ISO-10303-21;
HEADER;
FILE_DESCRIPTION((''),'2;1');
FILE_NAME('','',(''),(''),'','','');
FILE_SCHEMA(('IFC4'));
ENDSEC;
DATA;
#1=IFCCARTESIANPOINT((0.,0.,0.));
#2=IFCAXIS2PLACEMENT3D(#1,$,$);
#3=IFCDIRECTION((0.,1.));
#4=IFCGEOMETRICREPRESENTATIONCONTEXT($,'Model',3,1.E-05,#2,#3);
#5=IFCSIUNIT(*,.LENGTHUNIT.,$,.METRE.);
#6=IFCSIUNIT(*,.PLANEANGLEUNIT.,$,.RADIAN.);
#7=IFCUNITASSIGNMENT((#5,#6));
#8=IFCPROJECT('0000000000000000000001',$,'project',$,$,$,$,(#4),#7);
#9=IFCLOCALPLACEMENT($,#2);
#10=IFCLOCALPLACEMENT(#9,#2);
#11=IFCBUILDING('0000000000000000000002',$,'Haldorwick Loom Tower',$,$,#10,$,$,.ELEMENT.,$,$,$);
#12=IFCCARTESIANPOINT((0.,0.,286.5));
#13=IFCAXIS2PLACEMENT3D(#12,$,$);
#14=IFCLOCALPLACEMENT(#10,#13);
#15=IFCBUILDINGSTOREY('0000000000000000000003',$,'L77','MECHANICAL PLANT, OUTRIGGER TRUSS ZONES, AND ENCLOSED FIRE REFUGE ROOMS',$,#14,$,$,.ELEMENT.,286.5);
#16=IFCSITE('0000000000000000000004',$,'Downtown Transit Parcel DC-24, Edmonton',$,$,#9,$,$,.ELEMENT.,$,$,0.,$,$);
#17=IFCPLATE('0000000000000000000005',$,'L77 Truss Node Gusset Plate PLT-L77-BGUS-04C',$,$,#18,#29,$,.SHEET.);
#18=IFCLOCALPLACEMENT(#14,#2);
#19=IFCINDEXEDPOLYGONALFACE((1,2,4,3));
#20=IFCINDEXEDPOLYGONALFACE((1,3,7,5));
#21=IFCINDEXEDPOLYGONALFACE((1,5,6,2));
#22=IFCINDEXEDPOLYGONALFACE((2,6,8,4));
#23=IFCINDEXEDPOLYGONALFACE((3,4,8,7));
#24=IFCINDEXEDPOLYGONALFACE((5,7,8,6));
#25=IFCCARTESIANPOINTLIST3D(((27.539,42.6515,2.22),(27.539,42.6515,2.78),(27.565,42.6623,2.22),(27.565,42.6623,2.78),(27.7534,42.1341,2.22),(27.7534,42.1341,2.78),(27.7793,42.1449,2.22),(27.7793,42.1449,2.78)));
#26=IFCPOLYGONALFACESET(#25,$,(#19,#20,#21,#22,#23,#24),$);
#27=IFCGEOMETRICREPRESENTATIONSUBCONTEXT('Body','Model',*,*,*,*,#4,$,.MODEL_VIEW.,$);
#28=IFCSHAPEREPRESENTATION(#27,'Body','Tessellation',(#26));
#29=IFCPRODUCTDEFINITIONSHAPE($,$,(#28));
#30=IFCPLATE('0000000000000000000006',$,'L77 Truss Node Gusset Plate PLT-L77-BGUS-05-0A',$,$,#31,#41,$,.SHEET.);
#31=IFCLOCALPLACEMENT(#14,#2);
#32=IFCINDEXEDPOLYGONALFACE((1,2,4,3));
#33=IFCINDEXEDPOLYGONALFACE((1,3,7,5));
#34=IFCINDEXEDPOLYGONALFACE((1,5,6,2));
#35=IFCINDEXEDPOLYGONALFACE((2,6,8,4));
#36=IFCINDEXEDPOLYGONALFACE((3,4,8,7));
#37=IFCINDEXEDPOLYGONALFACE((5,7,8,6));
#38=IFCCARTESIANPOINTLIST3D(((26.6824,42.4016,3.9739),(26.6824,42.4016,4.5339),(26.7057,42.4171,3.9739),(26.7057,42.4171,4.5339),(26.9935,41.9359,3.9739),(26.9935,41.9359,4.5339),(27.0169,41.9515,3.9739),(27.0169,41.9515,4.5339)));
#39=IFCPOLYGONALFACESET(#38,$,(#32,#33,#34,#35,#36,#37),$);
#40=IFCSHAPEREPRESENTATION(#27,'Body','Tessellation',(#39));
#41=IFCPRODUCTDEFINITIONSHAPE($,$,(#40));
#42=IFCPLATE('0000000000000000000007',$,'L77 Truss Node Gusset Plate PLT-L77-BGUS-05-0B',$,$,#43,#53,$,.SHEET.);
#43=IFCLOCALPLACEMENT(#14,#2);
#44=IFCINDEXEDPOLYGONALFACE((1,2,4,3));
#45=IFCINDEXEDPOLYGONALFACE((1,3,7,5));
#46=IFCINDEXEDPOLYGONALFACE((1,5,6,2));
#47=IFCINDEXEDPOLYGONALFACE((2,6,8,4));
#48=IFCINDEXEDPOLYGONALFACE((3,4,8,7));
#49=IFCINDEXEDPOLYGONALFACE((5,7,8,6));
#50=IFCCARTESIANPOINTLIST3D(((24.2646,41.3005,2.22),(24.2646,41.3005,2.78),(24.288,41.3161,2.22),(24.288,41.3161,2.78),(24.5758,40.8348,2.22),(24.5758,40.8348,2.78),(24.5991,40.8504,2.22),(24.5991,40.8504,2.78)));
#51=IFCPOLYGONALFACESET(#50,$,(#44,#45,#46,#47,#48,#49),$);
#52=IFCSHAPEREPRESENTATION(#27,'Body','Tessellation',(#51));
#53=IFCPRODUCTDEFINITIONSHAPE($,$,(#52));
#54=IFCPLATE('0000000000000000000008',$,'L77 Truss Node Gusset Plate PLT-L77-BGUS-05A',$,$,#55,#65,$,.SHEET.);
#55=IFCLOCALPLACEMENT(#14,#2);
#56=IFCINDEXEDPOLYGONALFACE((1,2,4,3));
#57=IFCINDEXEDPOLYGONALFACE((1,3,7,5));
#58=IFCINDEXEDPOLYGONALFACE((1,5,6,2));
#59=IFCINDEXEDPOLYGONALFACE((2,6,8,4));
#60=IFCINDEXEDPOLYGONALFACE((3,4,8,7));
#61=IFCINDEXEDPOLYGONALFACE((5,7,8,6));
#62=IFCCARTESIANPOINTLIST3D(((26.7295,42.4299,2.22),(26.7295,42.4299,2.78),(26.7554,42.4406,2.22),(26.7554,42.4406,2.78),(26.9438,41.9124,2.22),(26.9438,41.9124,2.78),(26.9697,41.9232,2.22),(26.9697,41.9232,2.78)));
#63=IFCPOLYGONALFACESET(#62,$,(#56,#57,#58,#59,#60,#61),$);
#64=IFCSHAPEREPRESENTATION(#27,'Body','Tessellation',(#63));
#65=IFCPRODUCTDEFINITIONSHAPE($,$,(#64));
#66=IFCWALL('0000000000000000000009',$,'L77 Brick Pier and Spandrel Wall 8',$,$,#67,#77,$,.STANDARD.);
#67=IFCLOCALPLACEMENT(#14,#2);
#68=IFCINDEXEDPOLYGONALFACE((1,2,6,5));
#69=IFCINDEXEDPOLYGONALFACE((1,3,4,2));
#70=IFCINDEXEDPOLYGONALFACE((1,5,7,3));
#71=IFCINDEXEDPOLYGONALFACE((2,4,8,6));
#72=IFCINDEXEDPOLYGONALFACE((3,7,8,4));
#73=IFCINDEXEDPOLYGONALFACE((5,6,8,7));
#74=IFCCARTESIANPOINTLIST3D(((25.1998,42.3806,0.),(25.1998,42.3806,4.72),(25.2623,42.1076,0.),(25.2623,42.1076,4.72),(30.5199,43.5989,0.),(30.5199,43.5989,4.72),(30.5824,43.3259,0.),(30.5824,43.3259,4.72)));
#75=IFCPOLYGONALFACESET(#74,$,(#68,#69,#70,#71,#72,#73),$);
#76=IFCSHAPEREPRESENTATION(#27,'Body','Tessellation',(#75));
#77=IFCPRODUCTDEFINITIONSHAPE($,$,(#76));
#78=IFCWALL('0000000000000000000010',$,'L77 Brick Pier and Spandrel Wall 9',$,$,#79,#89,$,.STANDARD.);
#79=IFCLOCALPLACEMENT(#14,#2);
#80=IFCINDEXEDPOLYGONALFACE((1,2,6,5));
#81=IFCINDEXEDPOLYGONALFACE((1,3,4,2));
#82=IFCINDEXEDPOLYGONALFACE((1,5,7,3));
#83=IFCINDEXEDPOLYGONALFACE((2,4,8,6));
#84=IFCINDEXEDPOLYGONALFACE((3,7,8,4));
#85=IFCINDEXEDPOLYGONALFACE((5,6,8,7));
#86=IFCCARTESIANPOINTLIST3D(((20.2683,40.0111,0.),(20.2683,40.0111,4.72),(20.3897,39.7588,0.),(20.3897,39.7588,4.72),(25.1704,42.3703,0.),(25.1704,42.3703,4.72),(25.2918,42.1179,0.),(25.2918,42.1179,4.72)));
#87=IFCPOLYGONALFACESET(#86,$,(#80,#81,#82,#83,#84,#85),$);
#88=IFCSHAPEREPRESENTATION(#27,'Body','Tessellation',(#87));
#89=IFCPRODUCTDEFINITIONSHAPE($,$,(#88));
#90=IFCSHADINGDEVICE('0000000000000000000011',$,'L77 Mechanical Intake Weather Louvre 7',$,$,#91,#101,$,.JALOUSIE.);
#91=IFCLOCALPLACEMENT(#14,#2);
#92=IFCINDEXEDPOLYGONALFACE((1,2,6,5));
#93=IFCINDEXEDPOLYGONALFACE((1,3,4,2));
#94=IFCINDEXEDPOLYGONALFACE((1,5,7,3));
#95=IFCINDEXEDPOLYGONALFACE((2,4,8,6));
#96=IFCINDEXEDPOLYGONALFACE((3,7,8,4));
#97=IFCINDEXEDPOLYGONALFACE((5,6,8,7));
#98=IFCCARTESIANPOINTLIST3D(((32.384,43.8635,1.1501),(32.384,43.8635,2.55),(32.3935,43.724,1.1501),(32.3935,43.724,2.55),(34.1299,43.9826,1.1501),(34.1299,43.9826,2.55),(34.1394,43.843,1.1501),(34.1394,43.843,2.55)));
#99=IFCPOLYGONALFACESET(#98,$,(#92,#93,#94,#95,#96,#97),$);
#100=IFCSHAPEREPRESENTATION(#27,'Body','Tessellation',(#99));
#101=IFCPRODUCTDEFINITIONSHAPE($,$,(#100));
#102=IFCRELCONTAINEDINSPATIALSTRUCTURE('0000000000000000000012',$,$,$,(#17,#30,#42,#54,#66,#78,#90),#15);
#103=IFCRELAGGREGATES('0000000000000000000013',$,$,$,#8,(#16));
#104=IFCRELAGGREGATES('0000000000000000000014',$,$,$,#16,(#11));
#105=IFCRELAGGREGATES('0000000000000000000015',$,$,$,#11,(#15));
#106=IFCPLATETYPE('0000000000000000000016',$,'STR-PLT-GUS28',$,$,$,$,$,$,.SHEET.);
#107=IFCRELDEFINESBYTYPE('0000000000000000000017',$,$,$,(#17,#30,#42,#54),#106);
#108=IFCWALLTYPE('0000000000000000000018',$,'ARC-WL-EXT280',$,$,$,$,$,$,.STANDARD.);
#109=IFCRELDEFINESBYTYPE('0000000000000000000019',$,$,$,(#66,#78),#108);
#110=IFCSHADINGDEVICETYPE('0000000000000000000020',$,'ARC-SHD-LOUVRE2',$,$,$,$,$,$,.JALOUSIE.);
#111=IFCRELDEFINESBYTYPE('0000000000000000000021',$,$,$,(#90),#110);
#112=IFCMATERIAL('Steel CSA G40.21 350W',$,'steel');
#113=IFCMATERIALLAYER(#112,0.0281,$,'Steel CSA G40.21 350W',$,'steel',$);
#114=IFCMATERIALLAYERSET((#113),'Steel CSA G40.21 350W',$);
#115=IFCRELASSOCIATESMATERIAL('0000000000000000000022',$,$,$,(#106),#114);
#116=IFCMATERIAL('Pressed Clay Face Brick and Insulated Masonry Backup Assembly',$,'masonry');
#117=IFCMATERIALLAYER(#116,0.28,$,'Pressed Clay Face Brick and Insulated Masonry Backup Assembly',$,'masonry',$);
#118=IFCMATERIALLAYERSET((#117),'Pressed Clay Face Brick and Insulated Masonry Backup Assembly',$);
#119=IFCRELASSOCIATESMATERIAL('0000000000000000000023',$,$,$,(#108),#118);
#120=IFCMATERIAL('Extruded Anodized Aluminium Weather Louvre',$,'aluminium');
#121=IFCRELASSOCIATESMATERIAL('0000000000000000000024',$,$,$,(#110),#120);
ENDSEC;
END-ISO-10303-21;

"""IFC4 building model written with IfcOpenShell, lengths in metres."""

from ifc_helpers import new_model, si_unit, direction, frame, frame_2d, origin, origin_2d, place, context, subcontext, project, spatial, rectangle, extrude, material, layer, layer_set, type_object, element, save


model = new_model("IFC4")

# Units and contexts
model_context = context("Model", 3, precision=1e-05, world=origin(), true_north=direction((0.0, 1.0)))
body_context = subcontext(model_context, "Body", "Model", "MODEL_VIEW")
ifc_project = project(units=[si_unit("LENGTHUNIT", "METRE"), si_unit("PLANEANGLEUNIT", "RADIAN")], contexts=[model_context])

# Site, building, storey
site_placement = place(None, origin())
site = spatial("IfcSite", under=ifc_project, at=site_placement, Name="Downtown Transit Parcel DC-24, Edmonton", CompositionType="ELEMENT", RefElevation=0.0)
building_placement = place(site_placement, origin())
building = spatial("IfcBuilding", under=site, at=building_placement, Name="Haldorwick Loom Tower", CompositionType="ELEMENT")
storey_placement = place(building_placement, frame((0.0, 0.0, 286.5)))
storey = spatial("IfcBuildingStorey", under=building, at=storey_placement, Name="L77", Description="MECHANICAL PLANT, OUTRIGGER TRUSS ZONES, AND ENCLOSED FIRE REFUGE ROOMS", CompositionType="ELEMENT", Elevation=286.5)

# Shared definitions
ifc_material_1 = material(Name="Steel CSA G40.21 350W", Category="steel")

# Plates
ifc_layer_1 = layer(ifc_material_1, 0.0281, Name="Steel CSA G40.21 350W", Category="steel")
ifc_layer_set_1 = layer_set([ifc_layer_1], Name="Steel CSA G40.21 350W")
plate_type = type_object("IfcPlateType", Name="STR-PLT-GUS28", PredefinedType="SHEET", material=ifc_layer_set_1)
for number, where, z_axis, x_axis, name in (
    (1, (27.6592, 42.3982, 2.22), (0.0, 0.0, 1.0), (-0.382683, 0.92388, 0.0), "L77 Truss Node Gusset Plate PLT-L77-BGUS-04C"),
    (2, (26.8496, 42.1765, 3.9739), (0.0, 0.0, 1.0), (-0.55557, 0.83147, 0.0), "L77 Truss Node Gusset Plate PLT-L77-BGUS-05-0A"),
    (3, (24.4319, 41.0754, 2.22), (0.0, 0.0, 1.0), (-0.55557, 0.83147, 0.0), "L77 Truss Node Gusset Plate PLT-L77-BGUS-05-0B"),
    (4, (26.8496, 42.1765, 2.22), (0.0, 0.0, 1.0), (-0.382683, 0.92388, 0.0), "L77 Truss Node Gusset Plate PLT-L77-BGUS-05A"),
):
    element("IfcPlate", number, at=place(storey_placement, frame(where, z_axis=z_axis, x_axis=x_axis)), inside=storey, type_object=plate_type, Name=name, PredefinedType="SHEET", context=body_context, shape_type="SweptSolid", body=[
        extrude(rectangle(XDim=0.5601, YDim=0.0281, at=origin_2d()), origin(), (0.0, 0.0, 1.0), 0.5601),
    ])

# Walls
ifc_material_2 = material(Name="Pressed Clay Face Brick and Insulated Masonry Backup Assembly", Category="masonry")
ifc_layer_2 = layer(ifc_material_2, 0.28, Name="Pressed Clay Face Brick and Insulated Masonry Backup Assembly", Category="masonry")
ifc_layer_set_2 = layer_set([ifc_layer_2], Name="Pressed Clay Face Brick and Insulated Masonry Backup Assembly")
wall_type = type_object("IfcWallType", Name="ARC-WL-EXT280", PredefinedType="STANDARD", material=ifc_layer_set_2)
wall_1_placement = place(storey_placement, frame((30.5513, 43.4624, 0.0), z_axis=(0.0, 0.0, 1.0), x_axis=(-0.974769, -0.223216, 0.0)))
element("IfcWall", 5, at=wall_1_placement, inside=storey, type_object=wall_type, Name="L77 Brick Pier and Spandrel Wall 8", PredefinedType="STANDARD", context=body_context, shape_type="SweptSolid", body=[
    extrude(rectangle(XDim=5.4578, YDim=0.28, at=frame_2d((2.729, 0.0))), origin(), (0.0, 0.0, 1.0), 4.72),
])
wall_2_placement = place(storey_placement, frame((25.2312, 42.2441, 0.0), z_axis=(0.0, 0.0, 1.0), x_axis=(-0.901084, -0.433646, 0.0)))
element("IfcWall", 6, at=wall_2_placement, inside=storey, type_object=wall_type, Name="L77 Brick Pier and Spandrel Wall 9", PredefinedType="STANDARD", context=body_context, shape_type="SweptSolid", body=[
    extrude(rectangle(XDim=5.4402, YDim=0.28, at=frame_2d((2.7202, 0.0))), origin(), (0.0, 0.0, 1.0), 4.72),
])

# Shading device
ifc_material_3 = material(Name="Extruded Anodized Aluminium Weather Louvre", Category="aluminium")
shading_device_type = type_object("IfcShadingDeviceType", Name="ARC-SHD-LOUVRE2", PredefinedType="JALOUSIE", material=ifc_material_3)
shading_device_placement = place(storey_placement, frame((33.2617, 43.8533, 1.1501), z_axis=(0.0, 0.0, 1.0), x_axis=(-0.997684, -0.068015, 0.0)))
element("IfcShadingDevice", 7, at=shading_device_placement, inside=storey, type_object=shading_device_type, Name="L77 Mechanical Intake Weather Louvre 7", PredefinedType="JALOUSIE", context=body_context, shape_type="SweptSolid", body=[
    extrude(rectangle(XDim=1.75, YDim=0.1399, at=origin_2d()), origin(), (0.0, 0.0, 1.0), 1.3999),
])

save(model, "model.ifc")
